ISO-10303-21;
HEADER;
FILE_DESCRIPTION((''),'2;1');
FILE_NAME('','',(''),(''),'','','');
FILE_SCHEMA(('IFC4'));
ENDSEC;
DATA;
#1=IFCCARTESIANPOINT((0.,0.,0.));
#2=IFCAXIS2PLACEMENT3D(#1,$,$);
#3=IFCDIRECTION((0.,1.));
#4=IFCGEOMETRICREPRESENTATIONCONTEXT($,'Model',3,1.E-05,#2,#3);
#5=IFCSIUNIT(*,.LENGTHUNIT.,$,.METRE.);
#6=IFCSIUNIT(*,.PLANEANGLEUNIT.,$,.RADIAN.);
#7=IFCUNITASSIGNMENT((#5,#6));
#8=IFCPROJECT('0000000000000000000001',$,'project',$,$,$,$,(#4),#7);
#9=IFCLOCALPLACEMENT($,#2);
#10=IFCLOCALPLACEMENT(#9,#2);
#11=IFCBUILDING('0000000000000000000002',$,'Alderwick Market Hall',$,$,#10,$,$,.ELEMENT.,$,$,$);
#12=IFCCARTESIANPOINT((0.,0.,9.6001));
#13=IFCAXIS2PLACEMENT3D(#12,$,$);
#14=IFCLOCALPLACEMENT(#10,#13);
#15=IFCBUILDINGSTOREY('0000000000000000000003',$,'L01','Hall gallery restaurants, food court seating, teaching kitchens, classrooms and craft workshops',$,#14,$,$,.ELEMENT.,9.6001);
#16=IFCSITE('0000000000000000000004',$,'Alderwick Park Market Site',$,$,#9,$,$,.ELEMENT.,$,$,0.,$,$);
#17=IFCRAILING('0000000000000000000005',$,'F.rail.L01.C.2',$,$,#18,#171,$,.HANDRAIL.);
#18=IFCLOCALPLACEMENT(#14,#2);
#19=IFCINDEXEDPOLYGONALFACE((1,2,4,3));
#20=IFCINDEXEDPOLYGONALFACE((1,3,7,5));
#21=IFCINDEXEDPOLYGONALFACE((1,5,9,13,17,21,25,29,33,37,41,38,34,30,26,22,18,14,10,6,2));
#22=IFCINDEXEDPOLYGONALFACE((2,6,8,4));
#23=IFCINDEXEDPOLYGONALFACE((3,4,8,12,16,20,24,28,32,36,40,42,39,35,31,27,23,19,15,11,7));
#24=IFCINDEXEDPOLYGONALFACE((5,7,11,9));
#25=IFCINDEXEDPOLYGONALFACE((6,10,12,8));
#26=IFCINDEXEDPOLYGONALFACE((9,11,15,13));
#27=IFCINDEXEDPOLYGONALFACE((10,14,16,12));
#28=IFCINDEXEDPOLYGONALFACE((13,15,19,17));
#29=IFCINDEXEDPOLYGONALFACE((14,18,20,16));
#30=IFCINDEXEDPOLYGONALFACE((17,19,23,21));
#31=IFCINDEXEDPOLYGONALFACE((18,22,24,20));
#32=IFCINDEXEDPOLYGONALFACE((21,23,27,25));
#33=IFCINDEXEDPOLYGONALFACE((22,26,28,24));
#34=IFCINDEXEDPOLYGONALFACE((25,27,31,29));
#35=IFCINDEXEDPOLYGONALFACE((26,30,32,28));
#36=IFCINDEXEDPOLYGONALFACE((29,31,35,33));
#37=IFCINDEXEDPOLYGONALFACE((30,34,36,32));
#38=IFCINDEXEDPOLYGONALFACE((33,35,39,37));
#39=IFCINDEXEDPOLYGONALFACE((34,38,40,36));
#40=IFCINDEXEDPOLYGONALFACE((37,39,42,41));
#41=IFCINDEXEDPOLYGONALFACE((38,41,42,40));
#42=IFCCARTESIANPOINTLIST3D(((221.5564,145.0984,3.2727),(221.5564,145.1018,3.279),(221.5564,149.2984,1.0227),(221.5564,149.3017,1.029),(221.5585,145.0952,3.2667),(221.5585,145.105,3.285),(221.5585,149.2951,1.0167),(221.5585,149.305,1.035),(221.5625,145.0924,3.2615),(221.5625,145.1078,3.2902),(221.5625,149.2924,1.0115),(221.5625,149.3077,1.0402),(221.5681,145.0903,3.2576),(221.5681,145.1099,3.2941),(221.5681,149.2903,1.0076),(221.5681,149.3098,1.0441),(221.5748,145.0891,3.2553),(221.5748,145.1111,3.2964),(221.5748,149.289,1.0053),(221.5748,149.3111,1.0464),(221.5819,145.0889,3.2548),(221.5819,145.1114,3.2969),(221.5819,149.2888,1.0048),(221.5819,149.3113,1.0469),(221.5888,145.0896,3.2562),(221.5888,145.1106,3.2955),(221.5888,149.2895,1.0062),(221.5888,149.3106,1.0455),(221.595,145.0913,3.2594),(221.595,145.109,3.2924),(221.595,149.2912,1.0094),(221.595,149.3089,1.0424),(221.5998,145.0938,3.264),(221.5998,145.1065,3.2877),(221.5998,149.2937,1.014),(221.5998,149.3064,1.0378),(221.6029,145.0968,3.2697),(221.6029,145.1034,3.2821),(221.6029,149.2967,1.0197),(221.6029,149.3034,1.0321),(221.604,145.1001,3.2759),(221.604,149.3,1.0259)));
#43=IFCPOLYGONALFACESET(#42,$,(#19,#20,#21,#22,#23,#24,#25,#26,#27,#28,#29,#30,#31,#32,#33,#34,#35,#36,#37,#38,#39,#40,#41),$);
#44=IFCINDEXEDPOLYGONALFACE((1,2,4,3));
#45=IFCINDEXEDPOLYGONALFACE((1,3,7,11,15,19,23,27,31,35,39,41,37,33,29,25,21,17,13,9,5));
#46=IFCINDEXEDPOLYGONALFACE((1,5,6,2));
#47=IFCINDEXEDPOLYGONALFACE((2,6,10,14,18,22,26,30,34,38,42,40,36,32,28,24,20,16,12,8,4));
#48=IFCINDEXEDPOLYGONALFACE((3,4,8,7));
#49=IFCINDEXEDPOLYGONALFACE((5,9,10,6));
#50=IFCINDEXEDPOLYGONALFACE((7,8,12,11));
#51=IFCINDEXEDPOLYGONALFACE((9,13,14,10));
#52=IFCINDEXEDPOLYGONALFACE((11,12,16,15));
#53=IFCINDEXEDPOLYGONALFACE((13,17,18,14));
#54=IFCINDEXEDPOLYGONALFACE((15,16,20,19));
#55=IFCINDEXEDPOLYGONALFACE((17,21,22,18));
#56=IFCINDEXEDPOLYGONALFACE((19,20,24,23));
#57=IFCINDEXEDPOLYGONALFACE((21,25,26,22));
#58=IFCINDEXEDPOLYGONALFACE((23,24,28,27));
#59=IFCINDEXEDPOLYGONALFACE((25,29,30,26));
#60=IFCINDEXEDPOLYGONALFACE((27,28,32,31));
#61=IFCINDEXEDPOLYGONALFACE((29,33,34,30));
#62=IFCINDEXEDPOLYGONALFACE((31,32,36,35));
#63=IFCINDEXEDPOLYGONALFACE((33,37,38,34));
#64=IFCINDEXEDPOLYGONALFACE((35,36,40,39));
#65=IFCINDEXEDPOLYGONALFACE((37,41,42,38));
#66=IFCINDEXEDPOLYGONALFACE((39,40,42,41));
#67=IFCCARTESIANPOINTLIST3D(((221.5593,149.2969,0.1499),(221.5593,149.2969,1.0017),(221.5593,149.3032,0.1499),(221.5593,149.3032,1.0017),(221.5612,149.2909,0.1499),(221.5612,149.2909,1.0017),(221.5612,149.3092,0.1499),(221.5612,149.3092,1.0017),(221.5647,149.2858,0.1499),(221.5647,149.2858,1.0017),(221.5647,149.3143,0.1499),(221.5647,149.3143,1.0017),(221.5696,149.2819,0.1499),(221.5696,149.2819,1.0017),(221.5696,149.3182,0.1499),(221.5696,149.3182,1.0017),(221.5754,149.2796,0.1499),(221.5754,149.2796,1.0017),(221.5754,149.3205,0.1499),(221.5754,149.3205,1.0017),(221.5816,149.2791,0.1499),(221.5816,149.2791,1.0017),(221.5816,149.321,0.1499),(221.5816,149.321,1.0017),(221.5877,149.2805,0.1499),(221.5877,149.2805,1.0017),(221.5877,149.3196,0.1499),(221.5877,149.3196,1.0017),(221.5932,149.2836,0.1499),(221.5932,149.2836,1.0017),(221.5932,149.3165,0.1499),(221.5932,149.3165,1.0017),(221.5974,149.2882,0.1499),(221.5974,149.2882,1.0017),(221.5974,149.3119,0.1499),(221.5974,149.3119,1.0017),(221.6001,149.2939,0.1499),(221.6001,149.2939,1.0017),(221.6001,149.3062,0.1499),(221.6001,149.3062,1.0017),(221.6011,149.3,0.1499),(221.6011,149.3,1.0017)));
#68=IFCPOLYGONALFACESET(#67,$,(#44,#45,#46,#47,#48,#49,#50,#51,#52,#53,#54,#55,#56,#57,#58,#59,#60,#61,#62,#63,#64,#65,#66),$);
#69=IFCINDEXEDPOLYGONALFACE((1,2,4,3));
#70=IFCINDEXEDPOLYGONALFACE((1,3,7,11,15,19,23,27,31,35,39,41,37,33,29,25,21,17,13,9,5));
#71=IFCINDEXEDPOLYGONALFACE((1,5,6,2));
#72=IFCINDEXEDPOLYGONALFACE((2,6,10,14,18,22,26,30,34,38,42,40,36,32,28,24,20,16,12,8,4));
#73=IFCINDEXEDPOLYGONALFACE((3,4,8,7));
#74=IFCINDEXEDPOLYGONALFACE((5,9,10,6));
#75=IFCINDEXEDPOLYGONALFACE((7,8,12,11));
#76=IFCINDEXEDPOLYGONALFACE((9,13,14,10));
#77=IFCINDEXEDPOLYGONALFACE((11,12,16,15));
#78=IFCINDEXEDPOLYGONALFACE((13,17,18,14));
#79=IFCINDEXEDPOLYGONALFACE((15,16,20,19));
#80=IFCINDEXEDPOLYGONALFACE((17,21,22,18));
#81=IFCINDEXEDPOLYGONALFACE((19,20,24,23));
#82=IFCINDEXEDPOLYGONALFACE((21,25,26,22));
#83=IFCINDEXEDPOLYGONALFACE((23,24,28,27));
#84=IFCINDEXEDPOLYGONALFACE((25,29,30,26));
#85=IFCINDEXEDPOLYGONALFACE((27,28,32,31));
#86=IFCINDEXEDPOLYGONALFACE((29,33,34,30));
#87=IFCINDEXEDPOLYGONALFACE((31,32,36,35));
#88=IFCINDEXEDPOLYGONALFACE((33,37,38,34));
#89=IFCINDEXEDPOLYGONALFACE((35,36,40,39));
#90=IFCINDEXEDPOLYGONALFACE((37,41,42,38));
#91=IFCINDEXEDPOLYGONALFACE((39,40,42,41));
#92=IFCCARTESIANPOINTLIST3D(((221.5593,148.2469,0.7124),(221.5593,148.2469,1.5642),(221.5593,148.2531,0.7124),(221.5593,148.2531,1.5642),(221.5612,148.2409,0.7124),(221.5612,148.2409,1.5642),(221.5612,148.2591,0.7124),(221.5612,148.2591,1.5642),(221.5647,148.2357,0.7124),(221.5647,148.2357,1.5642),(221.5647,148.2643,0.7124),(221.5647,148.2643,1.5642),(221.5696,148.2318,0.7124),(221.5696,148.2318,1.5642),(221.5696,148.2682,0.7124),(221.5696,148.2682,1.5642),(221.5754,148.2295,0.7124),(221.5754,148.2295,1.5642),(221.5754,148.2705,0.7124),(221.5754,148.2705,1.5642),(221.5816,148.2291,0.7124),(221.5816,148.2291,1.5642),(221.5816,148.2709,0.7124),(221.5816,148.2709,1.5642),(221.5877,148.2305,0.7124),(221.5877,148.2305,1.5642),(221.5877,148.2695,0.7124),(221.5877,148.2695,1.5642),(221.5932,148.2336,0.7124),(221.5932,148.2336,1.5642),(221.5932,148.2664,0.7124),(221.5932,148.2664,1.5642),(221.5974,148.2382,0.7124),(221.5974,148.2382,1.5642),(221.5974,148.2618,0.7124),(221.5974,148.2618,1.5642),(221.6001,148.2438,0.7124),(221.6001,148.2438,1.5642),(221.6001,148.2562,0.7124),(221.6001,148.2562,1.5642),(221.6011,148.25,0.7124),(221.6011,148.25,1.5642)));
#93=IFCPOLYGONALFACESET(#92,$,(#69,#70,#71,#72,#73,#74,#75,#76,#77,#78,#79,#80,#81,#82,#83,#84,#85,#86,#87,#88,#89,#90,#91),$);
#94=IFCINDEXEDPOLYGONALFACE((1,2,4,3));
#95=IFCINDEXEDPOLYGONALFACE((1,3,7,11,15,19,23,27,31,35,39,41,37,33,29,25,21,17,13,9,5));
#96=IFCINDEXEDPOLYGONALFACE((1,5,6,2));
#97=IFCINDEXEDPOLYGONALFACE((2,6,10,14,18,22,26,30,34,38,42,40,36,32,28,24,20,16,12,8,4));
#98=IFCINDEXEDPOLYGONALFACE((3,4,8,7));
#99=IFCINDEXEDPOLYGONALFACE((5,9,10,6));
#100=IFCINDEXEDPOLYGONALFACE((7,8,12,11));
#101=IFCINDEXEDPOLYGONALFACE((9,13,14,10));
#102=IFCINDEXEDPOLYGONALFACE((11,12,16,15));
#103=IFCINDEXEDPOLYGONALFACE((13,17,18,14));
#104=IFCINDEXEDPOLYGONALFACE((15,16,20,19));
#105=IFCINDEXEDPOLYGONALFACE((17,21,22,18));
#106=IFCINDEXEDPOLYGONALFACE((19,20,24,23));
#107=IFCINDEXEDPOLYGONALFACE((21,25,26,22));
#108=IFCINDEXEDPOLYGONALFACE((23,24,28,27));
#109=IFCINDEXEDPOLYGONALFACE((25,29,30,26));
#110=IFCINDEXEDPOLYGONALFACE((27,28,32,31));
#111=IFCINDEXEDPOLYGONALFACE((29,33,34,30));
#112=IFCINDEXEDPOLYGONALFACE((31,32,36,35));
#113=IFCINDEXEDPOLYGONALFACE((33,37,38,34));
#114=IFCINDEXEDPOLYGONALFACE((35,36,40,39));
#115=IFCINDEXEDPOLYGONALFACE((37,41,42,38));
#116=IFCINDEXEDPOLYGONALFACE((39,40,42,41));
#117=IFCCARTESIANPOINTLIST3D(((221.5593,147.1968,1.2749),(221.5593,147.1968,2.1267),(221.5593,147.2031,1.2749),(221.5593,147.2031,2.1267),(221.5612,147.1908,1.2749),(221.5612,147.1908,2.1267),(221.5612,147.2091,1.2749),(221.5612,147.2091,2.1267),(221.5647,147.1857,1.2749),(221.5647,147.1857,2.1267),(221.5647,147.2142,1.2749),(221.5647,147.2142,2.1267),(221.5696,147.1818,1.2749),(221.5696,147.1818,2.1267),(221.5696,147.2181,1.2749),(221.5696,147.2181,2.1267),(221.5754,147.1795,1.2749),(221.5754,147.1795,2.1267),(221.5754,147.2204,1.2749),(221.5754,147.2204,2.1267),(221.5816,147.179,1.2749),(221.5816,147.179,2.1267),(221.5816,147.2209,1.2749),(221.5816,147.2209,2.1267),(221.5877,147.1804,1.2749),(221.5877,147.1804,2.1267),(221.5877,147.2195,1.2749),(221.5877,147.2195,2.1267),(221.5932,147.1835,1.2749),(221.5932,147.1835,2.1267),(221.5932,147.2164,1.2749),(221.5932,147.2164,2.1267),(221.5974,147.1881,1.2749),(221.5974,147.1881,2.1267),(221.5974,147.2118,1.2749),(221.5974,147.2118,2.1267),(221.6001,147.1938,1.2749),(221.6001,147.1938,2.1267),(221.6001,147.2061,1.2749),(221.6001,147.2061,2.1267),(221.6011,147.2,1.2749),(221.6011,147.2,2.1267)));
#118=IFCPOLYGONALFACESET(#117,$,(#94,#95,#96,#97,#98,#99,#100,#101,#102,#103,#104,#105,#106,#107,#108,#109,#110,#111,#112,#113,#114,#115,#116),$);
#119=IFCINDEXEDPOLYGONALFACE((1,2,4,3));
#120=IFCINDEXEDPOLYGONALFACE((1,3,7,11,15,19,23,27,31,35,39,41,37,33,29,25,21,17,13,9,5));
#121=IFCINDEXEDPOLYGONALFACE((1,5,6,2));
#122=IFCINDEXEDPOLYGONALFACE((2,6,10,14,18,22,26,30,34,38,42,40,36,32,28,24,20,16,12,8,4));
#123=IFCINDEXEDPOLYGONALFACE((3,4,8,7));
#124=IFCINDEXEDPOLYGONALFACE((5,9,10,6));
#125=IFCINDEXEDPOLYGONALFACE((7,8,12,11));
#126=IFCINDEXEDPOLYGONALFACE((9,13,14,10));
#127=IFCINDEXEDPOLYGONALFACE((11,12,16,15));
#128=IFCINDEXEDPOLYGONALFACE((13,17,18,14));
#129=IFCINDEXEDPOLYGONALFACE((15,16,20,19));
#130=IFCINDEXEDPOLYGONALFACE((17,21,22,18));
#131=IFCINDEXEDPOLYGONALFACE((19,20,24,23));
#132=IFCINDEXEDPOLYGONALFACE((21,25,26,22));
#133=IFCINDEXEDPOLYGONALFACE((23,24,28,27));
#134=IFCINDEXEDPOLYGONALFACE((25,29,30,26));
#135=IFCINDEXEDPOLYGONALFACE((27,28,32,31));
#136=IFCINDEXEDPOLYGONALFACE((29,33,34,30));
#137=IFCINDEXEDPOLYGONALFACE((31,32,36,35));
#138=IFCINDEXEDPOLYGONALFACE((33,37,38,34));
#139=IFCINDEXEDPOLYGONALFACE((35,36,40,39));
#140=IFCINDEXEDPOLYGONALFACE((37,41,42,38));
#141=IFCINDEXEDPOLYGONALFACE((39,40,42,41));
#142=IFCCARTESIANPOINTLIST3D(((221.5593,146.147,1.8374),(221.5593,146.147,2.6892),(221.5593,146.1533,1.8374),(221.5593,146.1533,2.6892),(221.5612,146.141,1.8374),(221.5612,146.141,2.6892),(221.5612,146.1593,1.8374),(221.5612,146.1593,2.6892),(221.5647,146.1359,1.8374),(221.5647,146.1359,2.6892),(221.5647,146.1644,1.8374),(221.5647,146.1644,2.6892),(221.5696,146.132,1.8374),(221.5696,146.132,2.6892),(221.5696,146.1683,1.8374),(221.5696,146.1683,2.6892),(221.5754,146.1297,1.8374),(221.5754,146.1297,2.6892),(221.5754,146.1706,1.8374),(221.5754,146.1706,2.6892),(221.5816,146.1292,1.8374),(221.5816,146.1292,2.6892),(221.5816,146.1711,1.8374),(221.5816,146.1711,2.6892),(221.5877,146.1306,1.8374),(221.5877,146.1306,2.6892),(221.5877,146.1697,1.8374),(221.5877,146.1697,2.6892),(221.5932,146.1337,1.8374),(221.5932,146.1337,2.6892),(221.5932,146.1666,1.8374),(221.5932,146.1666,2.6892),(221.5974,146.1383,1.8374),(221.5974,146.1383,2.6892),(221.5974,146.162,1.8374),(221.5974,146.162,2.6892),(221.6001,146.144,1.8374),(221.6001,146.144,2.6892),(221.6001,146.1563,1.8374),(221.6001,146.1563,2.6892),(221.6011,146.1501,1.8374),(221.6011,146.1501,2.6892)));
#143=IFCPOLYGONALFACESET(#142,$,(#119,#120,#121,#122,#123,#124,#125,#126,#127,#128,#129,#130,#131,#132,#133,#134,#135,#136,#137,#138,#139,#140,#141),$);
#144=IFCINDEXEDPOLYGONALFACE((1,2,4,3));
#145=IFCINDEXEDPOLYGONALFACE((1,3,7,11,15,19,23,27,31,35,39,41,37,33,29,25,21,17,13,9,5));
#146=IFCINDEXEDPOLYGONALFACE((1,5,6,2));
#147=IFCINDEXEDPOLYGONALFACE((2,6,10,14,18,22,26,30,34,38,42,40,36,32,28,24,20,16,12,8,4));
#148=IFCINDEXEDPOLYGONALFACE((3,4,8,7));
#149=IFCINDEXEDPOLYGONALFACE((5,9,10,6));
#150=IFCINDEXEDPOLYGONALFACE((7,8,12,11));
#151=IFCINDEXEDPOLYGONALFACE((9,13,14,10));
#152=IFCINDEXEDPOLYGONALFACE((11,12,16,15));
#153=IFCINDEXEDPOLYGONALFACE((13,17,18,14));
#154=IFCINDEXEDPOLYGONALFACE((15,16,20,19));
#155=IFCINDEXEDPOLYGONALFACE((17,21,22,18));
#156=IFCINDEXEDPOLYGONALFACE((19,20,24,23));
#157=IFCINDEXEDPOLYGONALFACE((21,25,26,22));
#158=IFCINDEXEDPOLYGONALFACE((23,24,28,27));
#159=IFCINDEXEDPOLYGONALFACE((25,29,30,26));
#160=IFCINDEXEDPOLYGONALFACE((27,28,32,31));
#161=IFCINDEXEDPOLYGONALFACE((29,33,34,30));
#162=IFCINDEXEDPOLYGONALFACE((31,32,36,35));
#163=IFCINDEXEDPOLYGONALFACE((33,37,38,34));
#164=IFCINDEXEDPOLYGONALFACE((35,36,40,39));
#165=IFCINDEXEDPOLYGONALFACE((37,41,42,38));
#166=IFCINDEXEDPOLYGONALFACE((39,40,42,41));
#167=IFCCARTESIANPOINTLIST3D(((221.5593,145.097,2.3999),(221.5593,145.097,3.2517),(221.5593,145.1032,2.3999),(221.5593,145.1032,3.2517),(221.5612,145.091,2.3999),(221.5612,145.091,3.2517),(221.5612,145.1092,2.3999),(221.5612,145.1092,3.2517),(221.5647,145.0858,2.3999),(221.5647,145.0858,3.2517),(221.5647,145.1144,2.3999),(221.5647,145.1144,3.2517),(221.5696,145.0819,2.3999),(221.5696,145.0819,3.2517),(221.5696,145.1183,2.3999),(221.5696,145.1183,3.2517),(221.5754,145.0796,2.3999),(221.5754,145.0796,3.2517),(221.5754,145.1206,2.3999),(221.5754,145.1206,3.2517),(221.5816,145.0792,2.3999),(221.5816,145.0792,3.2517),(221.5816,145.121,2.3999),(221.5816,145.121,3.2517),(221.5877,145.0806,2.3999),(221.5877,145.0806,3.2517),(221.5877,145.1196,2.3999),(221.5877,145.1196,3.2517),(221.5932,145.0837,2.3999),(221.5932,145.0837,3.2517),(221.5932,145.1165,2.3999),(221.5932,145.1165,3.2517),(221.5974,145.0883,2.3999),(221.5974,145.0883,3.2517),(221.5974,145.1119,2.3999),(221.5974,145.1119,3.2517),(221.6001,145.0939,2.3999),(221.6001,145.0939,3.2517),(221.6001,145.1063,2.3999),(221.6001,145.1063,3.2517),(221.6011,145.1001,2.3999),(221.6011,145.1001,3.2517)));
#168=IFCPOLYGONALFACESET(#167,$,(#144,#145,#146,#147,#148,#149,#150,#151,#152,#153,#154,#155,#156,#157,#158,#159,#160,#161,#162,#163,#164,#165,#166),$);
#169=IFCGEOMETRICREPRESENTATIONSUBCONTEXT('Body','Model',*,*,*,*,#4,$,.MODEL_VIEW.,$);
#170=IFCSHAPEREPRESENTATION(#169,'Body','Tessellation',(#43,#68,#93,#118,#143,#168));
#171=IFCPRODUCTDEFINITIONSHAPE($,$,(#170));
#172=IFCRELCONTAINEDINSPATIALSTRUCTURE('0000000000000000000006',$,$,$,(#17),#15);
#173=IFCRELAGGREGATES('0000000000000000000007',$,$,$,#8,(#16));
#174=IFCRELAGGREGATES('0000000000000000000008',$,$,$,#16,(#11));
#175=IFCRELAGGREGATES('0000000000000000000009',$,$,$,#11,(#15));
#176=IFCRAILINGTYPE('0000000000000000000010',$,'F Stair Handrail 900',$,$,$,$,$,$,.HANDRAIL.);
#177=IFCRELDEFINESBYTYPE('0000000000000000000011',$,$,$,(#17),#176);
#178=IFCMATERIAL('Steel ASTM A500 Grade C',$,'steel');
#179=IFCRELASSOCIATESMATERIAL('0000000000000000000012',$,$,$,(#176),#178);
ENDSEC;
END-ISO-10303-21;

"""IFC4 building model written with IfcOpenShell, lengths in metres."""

from ifc_helpers import new_model, si_unit, direction, frame, origin, origin_2d, place, context, subcontext, project, spatial, circle, extrude, material, type_object, element, save


model = new_model("IFC4")

# Units and contexts
model_context = context("Model", 3, precision=1e-05, world=origin(), true_north=direction((0.0, 1.0)))
body_context = subcontext(model_context, "Body", "Model", "MODEL_VIEW")
ifc_project = project(units=[si_unit("LENGTHUNIT", "METRE"), si_unit("PLANEANGLEUNIT", "RADIAN")], contexts=[model_context])

# Site, building, storey
site_placement = place(None, origin())
site = spatial("IfcSite", under=ifc_project, at=site_placement, Name="Alderwick Park Market Site", CompositionType="ELEMENT", RefElevation=0.0)
building_placement = place(site_placement, origin())
building = spatial("IfcBuilding", under=site, at=building_placement, Name="Alderwick Market Hall", CompositionType="ELEMENT")
storey_placement = place(building_placement, frame((0.0, 0.0, 9.6001)))
storey = spatial("IfcBuildingStorey", under=building, at=storey_placement, Name="L01", Description="Hall gallery restaurants, food court seating, teaching kitchens, classrooms and craft workshops", CompositionType="ELEMENT", Elevation=9.6001)

# Railing
ifc_material_1 = material(Name="Steel ASTM A500 Grade C", Category="steel")
railing_type = type_object("IfcRailingType", Name="F Stair Handrail 900", PredefinedType="HANDRAIL", material=ifc_material_1)
for number, where, name in (
    (1, (221.5801, 149.3, 0.1499), "F.rail.L01.C.2"),
):
    element("IfcRailing", number, at=place(storey_placement, frame(where)), inside=storey, type_object=railing_type, Name=name, PredefinedType="HANDRAIL", context=body_context, shape_type="SweptSolid", body=[
        extrude(circle(Radius=0.0239, at=origin_2d()), frame((0.0, 0.0, 0.876), z_axis=(0.0, -0.881478, 0.472226), x_axis=(1.0, 0.0, 0.0)), (0.0, 0.0, 1.0), 4.7646),
        extrude(circle(Radius=0.021, at=origin_2d()), origin(), (0.0, 0.0, 1.0), 0.8518),
        extrude(circle(Radius=0.021, at=origin_2d()), frame((0.0, -1.05, 0.5625)), (0.0, 0.0, 1.0), 0.8518),
        extrude(circle(Radius=0.021, at=origin_2d()), frame((0.0, -2.1001, 1.125)), (0.0, 0.0, 1.0), 0.8518),
        extrude(circle(Radius=0.021, at=origin_2d()), frame((0.0, -3.1499, 1.6875)), (0.0, 0.0, 1.0), 0.8518),
        extrude(circle(Radius=0.021, at=origin_2d()), frame((0.0, -4.2, 2.25)), (0.0, 0.0, 1.0), 0.8518),
    ])

save(model, "model.ifc")
